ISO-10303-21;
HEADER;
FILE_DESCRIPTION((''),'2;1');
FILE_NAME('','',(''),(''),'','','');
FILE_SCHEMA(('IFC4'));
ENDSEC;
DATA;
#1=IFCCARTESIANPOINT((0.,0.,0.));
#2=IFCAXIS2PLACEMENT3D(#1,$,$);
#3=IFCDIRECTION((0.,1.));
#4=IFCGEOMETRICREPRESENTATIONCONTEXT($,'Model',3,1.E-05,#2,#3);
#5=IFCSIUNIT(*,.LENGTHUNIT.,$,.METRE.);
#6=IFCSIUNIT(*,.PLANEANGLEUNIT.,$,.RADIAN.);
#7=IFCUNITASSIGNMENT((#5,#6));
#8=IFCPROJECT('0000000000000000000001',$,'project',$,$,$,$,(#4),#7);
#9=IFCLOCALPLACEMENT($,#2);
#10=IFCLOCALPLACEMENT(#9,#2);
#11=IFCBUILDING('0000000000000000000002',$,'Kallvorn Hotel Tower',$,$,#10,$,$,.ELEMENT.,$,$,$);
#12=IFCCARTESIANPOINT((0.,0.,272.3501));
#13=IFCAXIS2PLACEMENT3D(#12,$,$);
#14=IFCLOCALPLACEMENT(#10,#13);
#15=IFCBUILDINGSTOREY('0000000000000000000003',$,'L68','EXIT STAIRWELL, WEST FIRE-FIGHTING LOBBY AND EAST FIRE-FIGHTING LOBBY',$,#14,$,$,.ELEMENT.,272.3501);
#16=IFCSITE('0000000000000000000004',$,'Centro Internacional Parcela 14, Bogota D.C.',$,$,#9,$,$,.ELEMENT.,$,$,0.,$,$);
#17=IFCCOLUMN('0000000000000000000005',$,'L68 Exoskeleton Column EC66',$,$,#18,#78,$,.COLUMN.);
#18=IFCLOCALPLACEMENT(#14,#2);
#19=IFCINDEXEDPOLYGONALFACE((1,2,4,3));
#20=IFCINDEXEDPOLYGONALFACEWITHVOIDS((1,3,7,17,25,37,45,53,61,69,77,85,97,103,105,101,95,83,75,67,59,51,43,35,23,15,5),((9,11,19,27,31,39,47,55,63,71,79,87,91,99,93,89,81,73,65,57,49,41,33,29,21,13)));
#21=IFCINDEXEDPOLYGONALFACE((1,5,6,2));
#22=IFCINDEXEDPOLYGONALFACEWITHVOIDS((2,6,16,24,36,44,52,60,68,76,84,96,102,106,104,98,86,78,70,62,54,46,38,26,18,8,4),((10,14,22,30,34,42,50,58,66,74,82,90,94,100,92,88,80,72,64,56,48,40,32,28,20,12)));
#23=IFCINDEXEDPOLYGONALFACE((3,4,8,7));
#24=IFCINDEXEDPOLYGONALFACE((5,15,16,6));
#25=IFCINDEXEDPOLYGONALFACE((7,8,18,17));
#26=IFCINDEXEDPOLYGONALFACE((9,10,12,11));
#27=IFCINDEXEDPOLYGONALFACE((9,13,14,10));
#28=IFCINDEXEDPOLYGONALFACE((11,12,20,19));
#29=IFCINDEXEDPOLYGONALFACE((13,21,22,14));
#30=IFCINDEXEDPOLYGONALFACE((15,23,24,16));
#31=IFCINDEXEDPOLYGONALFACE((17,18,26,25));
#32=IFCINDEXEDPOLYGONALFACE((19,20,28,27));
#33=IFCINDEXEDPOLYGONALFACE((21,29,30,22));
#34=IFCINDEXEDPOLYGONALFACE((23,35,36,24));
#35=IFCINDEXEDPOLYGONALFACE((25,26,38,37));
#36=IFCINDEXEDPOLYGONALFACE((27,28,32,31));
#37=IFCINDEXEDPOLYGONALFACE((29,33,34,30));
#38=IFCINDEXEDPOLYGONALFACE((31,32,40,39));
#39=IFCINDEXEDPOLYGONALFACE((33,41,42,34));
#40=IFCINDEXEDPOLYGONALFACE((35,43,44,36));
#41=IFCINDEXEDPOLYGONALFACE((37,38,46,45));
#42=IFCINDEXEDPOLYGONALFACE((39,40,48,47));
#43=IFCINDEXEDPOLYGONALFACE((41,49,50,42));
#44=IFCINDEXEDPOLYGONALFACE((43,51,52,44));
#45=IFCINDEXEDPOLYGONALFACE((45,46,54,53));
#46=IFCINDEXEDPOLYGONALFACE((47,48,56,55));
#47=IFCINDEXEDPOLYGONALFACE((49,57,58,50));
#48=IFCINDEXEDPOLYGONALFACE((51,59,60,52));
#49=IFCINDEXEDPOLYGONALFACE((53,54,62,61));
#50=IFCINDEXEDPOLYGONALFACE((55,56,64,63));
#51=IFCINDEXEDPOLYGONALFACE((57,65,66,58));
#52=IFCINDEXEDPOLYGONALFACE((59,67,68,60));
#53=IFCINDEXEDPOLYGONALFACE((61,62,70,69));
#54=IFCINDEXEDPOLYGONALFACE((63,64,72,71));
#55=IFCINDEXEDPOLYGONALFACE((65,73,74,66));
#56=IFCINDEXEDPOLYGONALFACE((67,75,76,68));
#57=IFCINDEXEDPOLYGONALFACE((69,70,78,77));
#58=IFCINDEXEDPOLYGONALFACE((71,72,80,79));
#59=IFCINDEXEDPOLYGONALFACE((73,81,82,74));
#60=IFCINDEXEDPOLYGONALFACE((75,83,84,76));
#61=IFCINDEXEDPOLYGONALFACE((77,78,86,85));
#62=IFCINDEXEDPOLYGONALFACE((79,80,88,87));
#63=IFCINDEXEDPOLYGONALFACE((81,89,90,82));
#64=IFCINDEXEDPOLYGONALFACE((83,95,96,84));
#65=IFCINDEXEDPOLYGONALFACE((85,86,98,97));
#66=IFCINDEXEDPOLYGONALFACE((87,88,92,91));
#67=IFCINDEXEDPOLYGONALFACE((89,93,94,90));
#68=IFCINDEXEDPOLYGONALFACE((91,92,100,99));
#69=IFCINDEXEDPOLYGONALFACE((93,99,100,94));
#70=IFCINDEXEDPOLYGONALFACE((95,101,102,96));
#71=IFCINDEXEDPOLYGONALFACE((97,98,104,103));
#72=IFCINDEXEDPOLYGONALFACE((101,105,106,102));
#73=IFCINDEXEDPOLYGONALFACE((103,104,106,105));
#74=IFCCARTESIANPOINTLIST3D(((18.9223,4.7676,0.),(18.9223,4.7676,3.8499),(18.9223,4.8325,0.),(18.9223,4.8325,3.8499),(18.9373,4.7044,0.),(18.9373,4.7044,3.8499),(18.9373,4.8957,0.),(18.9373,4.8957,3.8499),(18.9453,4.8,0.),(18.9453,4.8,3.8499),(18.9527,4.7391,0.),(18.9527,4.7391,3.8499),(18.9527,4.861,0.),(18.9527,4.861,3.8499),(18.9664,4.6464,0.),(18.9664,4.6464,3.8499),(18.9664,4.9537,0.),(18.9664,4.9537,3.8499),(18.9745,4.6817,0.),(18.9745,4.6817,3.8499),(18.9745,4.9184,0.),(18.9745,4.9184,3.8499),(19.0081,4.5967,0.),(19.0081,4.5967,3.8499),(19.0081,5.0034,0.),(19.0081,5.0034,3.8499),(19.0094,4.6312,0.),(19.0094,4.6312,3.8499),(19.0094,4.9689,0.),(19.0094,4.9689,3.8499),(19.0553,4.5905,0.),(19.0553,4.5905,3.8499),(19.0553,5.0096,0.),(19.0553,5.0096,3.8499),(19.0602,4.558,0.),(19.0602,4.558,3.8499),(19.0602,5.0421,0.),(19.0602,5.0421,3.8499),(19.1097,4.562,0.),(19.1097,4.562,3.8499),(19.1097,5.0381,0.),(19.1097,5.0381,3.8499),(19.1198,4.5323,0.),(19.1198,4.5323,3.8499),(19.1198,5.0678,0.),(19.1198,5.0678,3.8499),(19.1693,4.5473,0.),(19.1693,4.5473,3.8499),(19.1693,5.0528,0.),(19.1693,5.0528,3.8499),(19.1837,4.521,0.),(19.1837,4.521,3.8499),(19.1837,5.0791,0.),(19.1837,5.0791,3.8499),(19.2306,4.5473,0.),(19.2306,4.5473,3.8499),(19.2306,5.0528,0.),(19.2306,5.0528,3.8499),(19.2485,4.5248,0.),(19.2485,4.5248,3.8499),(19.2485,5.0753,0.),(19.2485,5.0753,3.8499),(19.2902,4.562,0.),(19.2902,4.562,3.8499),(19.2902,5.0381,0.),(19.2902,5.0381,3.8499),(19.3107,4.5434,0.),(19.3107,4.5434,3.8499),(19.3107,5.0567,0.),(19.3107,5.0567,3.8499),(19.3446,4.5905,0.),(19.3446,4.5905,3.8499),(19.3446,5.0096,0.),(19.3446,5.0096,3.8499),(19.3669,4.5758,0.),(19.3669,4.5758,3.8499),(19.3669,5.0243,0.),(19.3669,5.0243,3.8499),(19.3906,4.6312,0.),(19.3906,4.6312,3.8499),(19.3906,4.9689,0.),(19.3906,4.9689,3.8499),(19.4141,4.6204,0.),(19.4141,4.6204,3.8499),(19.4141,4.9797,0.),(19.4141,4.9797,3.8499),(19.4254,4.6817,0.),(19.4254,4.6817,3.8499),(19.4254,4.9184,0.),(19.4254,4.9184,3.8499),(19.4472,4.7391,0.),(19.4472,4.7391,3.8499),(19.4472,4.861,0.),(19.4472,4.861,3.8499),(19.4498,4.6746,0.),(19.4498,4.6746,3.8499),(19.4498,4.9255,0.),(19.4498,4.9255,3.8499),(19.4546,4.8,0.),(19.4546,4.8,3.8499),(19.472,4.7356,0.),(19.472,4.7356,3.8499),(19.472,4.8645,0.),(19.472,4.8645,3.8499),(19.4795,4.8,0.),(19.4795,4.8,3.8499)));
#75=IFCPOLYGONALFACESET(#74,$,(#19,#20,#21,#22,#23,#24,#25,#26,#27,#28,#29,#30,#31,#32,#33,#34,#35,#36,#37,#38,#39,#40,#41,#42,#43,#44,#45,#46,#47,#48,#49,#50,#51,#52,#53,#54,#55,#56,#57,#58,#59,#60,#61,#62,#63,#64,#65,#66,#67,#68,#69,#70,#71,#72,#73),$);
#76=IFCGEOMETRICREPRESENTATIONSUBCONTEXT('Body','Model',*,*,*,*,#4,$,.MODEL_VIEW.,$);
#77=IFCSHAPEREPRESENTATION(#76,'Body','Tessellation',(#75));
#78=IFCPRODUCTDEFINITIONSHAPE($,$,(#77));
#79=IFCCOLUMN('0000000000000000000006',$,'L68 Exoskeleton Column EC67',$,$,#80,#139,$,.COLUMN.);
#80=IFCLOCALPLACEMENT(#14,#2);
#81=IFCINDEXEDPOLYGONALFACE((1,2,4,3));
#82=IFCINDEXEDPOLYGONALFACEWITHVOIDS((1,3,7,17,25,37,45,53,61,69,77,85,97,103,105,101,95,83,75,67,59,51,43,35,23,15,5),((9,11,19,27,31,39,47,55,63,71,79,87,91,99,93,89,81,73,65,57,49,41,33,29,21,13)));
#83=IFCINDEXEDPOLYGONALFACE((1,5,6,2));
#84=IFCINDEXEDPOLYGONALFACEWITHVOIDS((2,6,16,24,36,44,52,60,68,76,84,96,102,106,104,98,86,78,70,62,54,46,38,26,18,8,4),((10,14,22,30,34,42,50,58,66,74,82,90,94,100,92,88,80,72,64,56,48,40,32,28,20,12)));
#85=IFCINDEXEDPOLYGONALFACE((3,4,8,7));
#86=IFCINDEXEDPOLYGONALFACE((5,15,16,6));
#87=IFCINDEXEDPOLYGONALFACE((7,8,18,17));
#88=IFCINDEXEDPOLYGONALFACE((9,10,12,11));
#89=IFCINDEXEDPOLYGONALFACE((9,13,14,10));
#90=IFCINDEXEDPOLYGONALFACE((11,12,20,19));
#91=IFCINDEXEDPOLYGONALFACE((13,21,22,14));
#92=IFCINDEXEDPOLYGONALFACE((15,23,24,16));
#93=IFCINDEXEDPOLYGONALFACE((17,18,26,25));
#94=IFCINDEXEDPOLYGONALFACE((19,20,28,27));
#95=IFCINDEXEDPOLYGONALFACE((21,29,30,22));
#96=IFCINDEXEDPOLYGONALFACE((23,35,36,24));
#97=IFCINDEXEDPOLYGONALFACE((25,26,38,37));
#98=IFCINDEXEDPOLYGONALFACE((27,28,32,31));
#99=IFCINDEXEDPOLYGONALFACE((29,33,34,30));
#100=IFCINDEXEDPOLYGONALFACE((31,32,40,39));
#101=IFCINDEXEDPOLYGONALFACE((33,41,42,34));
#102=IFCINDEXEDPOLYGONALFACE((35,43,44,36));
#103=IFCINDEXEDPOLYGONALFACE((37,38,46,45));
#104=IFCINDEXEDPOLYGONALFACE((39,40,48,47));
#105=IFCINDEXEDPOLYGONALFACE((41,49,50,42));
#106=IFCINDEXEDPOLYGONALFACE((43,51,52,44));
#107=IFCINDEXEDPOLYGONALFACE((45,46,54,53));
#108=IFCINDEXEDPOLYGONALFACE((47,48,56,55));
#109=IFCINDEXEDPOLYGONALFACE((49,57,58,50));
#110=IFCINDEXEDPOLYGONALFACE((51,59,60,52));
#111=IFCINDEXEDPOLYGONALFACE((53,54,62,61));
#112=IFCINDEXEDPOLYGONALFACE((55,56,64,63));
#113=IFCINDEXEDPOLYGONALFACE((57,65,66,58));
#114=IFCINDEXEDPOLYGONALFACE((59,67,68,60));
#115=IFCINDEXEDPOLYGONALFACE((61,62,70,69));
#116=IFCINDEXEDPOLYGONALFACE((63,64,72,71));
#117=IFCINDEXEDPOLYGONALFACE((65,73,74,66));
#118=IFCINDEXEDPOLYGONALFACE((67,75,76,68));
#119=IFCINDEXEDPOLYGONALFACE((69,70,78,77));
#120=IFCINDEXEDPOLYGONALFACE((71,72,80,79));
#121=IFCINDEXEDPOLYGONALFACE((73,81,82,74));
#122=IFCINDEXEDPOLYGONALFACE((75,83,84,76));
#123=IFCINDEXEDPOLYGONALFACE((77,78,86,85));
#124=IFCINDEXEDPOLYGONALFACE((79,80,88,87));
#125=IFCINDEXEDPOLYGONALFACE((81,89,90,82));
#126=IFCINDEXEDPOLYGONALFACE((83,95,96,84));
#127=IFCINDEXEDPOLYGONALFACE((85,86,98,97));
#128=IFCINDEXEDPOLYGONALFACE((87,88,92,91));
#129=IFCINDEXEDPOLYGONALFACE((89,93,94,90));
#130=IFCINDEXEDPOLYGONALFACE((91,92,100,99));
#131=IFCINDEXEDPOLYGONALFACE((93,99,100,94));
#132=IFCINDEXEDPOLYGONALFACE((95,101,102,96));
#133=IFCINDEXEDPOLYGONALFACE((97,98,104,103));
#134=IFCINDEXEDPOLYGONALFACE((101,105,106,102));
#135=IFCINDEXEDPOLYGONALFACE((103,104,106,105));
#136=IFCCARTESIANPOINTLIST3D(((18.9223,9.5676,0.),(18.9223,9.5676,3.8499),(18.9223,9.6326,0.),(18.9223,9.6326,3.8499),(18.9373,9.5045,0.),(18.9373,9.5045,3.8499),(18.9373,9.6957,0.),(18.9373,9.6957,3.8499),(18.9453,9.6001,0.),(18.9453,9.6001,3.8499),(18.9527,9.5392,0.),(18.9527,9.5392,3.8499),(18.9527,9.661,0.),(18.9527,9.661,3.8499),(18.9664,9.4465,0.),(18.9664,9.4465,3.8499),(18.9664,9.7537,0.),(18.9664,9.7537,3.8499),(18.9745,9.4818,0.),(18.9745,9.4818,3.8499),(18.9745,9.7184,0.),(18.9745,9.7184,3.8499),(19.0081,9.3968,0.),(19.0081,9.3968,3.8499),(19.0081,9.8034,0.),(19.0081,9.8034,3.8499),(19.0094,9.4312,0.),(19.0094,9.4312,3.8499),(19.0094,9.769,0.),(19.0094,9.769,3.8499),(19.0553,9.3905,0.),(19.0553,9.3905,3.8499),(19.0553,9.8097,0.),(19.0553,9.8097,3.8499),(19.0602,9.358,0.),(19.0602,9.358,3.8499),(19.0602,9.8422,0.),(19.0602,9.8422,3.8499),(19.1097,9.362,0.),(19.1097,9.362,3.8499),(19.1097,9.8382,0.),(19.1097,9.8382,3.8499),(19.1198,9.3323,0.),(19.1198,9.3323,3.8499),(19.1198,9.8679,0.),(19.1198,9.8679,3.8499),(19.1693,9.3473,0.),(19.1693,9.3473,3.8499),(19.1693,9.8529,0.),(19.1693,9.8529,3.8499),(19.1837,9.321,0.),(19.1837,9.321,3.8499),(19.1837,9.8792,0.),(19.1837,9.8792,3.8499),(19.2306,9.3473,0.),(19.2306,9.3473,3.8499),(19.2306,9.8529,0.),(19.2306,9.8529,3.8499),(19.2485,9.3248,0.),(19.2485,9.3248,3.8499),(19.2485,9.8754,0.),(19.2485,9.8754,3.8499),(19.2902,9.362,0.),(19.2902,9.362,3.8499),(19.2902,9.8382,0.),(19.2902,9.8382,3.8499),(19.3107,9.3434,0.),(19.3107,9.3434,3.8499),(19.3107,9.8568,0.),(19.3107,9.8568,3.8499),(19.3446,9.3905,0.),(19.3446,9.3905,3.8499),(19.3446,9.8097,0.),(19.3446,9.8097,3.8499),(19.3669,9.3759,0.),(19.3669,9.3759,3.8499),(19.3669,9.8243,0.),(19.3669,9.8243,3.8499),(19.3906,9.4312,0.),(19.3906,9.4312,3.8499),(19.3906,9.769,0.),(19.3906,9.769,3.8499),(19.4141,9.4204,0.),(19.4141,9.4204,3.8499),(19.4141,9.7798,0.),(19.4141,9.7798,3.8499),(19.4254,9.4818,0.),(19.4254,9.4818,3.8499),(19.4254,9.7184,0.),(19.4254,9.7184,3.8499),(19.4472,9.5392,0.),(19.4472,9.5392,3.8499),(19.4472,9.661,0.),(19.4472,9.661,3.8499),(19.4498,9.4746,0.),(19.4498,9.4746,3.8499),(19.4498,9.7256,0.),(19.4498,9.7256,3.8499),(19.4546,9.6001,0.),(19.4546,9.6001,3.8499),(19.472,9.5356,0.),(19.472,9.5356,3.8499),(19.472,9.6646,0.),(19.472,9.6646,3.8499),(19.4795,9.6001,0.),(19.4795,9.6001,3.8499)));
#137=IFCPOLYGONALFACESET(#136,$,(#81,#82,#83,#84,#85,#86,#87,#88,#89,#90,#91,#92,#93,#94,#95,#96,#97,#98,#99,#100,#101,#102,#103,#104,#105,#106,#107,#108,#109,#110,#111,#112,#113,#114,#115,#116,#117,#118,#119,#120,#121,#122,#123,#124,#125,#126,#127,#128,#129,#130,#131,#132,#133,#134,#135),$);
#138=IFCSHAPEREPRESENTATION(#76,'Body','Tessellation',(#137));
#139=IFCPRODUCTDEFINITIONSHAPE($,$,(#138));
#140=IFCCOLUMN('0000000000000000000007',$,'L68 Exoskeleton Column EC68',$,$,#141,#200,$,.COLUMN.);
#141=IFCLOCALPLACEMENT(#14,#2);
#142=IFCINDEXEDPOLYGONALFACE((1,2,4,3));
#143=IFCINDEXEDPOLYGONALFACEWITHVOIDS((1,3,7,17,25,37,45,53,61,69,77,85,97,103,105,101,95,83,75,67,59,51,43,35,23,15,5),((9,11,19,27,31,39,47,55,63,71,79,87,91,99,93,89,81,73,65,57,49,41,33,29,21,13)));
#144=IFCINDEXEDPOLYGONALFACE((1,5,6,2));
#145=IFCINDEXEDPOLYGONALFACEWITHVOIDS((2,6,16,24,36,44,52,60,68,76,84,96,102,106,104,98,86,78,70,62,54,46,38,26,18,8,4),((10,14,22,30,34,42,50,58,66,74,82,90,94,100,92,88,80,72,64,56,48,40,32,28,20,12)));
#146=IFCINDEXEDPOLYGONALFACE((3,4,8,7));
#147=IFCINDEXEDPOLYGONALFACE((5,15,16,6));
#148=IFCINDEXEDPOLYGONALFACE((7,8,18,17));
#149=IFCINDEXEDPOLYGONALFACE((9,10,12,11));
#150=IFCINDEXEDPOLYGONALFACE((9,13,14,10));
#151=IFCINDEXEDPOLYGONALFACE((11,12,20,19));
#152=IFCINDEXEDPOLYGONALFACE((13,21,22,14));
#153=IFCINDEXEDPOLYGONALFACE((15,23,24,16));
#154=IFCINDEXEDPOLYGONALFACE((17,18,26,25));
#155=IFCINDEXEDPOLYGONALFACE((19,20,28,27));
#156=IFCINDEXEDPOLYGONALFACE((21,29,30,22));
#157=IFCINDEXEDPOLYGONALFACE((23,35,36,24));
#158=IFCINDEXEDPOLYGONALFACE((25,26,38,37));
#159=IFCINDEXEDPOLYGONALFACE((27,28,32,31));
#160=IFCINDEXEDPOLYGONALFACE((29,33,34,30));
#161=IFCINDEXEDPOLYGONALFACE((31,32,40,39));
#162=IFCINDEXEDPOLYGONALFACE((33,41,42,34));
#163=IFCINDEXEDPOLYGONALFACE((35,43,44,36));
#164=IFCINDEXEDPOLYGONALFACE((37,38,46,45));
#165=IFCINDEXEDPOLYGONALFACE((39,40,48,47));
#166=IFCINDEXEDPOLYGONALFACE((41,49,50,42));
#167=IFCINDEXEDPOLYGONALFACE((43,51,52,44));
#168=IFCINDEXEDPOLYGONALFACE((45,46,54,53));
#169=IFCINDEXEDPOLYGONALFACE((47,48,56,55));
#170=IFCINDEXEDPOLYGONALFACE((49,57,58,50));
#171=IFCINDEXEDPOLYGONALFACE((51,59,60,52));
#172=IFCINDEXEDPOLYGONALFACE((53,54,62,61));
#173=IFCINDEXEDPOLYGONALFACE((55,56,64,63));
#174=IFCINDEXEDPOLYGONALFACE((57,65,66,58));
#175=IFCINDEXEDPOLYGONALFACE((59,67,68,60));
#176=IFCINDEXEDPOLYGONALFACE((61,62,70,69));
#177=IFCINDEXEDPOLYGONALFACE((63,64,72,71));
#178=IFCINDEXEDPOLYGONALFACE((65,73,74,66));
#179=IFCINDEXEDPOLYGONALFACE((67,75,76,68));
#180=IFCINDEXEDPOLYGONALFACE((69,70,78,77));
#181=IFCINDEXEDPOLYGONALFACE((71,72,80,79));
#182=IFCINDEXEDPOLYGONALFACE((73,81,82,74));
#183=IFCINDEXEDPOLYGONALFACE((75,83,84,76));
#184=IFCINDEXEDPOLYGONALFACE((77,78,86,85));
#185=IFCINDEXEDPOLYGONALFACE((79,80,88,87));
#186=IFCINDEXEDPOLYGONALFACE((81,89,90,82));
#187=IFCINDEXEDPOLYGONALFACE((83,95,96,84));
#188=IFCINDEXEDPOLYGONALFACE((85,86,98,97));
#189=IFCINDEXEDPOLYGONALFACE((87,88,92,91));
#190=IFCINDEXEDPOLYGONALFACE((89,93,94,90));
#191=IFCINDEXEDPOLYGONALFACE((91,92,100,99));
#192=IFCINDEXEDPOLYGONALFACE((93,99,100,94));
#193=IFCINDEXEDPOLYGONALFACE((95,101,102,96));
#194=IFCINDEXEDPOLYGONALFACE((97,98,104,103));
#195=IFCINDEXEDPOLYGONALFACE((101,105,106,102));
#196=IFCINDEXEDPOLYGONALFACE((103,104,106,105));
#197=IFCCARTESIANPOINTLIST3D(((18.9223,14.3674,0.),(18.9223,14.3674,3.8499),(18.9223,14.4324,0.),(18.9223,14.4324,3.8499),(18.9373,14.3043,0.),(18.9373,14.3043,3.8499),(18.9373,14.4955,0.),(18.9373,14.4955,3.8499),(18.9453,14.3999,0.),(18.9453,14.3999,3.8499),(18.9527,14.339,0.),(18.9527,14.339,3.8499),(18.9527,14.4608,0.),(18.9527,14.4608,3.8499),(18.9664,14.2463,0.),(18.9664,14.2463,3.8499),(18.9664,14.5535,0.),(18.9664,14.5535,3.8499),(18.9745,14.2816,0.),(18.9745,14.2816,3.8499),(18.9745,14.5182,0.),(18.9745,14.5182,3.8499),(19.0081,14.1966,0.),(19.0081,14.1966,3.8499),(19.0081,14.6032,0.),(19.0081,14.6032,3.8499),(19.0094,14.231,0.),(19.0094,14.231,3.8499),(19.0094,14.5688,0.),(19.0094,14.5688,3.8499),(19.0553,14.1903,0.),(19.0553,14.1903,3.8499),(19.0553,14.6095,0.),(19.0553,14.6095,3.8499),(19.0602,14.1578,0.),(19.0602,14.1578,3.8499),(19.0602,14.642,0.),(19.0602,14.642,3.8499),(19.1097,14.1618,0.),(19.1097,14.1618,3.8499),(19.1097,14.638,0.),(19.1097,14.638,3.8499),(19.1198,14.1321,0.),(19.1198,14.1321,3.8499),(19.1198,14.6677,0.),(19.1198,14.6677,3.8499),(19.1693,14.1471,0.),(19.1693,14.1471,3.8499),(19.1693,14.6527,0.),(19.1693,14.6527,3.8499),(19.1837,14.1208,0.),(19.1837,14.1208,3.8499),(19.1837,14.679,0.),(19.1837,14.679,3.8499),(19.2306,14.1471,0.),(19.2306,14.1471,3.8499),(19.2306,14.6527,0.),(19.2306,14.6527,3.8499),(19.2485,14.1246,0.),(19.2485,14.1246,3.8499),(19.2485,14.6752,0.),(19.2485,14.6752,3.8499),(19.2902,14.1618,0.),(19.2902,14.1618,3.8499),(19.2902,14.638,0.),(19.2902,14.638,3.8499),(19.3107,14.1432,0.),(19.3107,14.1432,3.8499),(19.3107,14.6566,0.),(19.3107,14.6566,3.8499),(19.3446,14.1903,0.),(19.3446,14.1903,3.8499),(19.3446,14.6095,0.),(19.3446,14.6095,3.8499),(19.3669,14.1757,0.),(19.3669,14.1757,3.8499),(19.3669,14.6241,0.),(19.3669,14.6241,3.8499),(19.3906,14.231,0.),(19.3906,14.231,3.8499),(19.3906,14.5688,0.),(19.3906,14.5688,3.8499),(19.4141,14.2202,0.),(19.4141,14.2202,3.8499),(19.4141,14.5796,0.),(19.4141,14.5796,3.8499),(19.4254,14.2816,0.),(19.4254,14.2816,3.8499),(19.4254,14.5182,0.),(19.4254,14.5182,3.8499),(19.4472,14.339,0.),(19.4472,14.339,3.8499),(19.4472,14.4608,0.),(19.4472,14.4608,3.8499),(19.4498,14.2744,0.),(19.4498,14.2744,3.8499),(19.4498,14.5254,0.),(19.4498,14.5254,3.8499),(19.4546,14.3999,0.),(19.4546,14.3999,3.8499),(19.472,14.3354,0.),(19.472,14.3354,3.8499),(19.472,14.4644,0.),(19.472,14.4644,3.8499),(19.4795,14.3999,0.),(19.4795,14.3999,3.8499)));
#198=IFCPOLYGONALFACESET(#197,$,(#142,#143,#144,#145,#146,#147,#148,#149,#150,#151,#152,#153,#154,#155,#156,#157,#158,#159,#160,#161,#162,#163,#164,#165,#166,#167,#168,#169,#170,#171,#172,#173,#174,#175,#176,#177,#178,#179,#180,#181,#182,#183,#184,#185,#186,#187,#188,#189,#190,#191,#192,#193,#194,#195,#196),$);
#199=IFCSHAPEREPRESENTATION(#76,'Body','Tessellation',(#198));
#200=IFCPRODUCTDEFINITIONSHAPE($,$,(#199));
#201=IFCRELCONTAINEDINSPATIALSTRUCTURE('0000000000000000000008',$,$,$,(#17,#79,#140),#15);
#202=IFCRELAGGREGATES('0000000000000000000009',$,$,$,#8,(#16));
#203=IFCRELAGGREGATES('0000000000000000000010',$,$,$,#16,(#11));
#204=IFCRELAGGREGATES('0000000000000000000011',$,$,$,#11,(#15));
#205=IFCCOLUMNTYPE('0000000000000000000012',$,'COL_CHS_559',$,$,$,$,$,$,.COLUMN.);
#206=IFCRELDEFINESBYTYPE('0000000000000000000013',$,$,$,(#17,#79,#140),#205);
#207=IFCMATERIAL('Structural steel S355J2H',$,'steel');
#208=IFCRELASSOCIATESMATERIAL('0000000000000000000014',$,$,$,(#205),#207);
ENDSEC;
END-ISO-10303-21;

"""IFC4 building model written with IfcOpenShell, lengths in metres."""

from ifc_helpers import new_model, si_unit, direction, frame, origin, origin_2d, place, context, subcontext, project, spatial, hollow_circle, extrude, material, material_profile, profile_set, type_object, element, save


model = new_model("IFC4")

# Units and contexts
model_context = context("Model", 3, precision=1e-05, world=origin(), true_north=direction((0.0, 1.0)))
body_context = subcontext(model_context, "Body", "Model", "MODEL_VIEW")
ifc_project = project(units=[si_unit("LENGTHUNIT", "METRE"), si_unit("PLANEANGLEUNIT", "RADIAN")], contexts=[model_context])

# Site, building, storey
site_placement = place(None, origin())
site = spatial("IfcSite", under=ifc_project, at=site_placement, Name="Centro Internacional Parcela 14, Bogota D.C.", CompositionType="ELEMENT", RefElevation=0.0)
building_placement = place(site_placement, origin())
building = spatial("IfcBuilding", under=site, at=building_placement, Name="Kallvorn Hotel Tower", CompositionType="ELEMENT")
storey_placement = place(building_placement, frame((0.0, 0.0, 272.3501)))
storey = spatial("IfcBuildingStorey", under=building, at=storey_placement, Name="L68", Description="EXIT STAIRWELL, WEST FIRE-FIGHTING LOBBY AND EAST FIRE-FIGHTING LOBBY", CompositionType="ELEMENT", Elevation=272.3501)

# Columns
ifc_material_1 = material(Name="Structural steel S355J2H", Category="steel")
ifc_material_profile_1 = material_profile(ifc_material_1, hollow_circle(Radius=0.2795, WallThickness=0.0249, at=origin_2d()), Name="CHS 559x25")
ifc_profile_set_1 = profile_set([ifc_material_profile_1], Name="Structural steel S355J2H")
column_type_1 = type_object("IfcColumnType", Name="COL_CHS_559", PredefinedType="COLUMN", material=ifc_profile_set_1)
for number, where, z_axis, x_axis, name in (
    (1, (19.2, 4.8, 0.0), (0.0, 0.0, 1.0), (1.0, 0.0, 0.0), "L68 Exoskeleton Column EC66"),
    (2, (19.2, 9.6001, 0.0), (0.0, 0.0, 1.0), (1.0, 0.0, 0.0), "L68 Exoskeleton Column EC67"),
    (3, (19.2, 14.3999, 0.0), (0.0, 0.0, 1.0), (1.0, 0.0, 0.0), "L68 Exoskeleton Column EC68"),
):
    element("IfcColumn", number, at=place(storey_placement, frame(where, z_axis=z_axis, x_axis=x_axis)), inside=storey, type_object=column_type_1, Name=name, PredefinedType="COLUMN", context=body_context, shape_type="SweptSolid", body=[
        extrude(hollow_circle(Radius=0.2795, WallThickness=0.0249, at=origin_2d()), origin(), (0.0, 0.0, 1.0), 3.8499),
    ])

save(model, "model.ifc")
